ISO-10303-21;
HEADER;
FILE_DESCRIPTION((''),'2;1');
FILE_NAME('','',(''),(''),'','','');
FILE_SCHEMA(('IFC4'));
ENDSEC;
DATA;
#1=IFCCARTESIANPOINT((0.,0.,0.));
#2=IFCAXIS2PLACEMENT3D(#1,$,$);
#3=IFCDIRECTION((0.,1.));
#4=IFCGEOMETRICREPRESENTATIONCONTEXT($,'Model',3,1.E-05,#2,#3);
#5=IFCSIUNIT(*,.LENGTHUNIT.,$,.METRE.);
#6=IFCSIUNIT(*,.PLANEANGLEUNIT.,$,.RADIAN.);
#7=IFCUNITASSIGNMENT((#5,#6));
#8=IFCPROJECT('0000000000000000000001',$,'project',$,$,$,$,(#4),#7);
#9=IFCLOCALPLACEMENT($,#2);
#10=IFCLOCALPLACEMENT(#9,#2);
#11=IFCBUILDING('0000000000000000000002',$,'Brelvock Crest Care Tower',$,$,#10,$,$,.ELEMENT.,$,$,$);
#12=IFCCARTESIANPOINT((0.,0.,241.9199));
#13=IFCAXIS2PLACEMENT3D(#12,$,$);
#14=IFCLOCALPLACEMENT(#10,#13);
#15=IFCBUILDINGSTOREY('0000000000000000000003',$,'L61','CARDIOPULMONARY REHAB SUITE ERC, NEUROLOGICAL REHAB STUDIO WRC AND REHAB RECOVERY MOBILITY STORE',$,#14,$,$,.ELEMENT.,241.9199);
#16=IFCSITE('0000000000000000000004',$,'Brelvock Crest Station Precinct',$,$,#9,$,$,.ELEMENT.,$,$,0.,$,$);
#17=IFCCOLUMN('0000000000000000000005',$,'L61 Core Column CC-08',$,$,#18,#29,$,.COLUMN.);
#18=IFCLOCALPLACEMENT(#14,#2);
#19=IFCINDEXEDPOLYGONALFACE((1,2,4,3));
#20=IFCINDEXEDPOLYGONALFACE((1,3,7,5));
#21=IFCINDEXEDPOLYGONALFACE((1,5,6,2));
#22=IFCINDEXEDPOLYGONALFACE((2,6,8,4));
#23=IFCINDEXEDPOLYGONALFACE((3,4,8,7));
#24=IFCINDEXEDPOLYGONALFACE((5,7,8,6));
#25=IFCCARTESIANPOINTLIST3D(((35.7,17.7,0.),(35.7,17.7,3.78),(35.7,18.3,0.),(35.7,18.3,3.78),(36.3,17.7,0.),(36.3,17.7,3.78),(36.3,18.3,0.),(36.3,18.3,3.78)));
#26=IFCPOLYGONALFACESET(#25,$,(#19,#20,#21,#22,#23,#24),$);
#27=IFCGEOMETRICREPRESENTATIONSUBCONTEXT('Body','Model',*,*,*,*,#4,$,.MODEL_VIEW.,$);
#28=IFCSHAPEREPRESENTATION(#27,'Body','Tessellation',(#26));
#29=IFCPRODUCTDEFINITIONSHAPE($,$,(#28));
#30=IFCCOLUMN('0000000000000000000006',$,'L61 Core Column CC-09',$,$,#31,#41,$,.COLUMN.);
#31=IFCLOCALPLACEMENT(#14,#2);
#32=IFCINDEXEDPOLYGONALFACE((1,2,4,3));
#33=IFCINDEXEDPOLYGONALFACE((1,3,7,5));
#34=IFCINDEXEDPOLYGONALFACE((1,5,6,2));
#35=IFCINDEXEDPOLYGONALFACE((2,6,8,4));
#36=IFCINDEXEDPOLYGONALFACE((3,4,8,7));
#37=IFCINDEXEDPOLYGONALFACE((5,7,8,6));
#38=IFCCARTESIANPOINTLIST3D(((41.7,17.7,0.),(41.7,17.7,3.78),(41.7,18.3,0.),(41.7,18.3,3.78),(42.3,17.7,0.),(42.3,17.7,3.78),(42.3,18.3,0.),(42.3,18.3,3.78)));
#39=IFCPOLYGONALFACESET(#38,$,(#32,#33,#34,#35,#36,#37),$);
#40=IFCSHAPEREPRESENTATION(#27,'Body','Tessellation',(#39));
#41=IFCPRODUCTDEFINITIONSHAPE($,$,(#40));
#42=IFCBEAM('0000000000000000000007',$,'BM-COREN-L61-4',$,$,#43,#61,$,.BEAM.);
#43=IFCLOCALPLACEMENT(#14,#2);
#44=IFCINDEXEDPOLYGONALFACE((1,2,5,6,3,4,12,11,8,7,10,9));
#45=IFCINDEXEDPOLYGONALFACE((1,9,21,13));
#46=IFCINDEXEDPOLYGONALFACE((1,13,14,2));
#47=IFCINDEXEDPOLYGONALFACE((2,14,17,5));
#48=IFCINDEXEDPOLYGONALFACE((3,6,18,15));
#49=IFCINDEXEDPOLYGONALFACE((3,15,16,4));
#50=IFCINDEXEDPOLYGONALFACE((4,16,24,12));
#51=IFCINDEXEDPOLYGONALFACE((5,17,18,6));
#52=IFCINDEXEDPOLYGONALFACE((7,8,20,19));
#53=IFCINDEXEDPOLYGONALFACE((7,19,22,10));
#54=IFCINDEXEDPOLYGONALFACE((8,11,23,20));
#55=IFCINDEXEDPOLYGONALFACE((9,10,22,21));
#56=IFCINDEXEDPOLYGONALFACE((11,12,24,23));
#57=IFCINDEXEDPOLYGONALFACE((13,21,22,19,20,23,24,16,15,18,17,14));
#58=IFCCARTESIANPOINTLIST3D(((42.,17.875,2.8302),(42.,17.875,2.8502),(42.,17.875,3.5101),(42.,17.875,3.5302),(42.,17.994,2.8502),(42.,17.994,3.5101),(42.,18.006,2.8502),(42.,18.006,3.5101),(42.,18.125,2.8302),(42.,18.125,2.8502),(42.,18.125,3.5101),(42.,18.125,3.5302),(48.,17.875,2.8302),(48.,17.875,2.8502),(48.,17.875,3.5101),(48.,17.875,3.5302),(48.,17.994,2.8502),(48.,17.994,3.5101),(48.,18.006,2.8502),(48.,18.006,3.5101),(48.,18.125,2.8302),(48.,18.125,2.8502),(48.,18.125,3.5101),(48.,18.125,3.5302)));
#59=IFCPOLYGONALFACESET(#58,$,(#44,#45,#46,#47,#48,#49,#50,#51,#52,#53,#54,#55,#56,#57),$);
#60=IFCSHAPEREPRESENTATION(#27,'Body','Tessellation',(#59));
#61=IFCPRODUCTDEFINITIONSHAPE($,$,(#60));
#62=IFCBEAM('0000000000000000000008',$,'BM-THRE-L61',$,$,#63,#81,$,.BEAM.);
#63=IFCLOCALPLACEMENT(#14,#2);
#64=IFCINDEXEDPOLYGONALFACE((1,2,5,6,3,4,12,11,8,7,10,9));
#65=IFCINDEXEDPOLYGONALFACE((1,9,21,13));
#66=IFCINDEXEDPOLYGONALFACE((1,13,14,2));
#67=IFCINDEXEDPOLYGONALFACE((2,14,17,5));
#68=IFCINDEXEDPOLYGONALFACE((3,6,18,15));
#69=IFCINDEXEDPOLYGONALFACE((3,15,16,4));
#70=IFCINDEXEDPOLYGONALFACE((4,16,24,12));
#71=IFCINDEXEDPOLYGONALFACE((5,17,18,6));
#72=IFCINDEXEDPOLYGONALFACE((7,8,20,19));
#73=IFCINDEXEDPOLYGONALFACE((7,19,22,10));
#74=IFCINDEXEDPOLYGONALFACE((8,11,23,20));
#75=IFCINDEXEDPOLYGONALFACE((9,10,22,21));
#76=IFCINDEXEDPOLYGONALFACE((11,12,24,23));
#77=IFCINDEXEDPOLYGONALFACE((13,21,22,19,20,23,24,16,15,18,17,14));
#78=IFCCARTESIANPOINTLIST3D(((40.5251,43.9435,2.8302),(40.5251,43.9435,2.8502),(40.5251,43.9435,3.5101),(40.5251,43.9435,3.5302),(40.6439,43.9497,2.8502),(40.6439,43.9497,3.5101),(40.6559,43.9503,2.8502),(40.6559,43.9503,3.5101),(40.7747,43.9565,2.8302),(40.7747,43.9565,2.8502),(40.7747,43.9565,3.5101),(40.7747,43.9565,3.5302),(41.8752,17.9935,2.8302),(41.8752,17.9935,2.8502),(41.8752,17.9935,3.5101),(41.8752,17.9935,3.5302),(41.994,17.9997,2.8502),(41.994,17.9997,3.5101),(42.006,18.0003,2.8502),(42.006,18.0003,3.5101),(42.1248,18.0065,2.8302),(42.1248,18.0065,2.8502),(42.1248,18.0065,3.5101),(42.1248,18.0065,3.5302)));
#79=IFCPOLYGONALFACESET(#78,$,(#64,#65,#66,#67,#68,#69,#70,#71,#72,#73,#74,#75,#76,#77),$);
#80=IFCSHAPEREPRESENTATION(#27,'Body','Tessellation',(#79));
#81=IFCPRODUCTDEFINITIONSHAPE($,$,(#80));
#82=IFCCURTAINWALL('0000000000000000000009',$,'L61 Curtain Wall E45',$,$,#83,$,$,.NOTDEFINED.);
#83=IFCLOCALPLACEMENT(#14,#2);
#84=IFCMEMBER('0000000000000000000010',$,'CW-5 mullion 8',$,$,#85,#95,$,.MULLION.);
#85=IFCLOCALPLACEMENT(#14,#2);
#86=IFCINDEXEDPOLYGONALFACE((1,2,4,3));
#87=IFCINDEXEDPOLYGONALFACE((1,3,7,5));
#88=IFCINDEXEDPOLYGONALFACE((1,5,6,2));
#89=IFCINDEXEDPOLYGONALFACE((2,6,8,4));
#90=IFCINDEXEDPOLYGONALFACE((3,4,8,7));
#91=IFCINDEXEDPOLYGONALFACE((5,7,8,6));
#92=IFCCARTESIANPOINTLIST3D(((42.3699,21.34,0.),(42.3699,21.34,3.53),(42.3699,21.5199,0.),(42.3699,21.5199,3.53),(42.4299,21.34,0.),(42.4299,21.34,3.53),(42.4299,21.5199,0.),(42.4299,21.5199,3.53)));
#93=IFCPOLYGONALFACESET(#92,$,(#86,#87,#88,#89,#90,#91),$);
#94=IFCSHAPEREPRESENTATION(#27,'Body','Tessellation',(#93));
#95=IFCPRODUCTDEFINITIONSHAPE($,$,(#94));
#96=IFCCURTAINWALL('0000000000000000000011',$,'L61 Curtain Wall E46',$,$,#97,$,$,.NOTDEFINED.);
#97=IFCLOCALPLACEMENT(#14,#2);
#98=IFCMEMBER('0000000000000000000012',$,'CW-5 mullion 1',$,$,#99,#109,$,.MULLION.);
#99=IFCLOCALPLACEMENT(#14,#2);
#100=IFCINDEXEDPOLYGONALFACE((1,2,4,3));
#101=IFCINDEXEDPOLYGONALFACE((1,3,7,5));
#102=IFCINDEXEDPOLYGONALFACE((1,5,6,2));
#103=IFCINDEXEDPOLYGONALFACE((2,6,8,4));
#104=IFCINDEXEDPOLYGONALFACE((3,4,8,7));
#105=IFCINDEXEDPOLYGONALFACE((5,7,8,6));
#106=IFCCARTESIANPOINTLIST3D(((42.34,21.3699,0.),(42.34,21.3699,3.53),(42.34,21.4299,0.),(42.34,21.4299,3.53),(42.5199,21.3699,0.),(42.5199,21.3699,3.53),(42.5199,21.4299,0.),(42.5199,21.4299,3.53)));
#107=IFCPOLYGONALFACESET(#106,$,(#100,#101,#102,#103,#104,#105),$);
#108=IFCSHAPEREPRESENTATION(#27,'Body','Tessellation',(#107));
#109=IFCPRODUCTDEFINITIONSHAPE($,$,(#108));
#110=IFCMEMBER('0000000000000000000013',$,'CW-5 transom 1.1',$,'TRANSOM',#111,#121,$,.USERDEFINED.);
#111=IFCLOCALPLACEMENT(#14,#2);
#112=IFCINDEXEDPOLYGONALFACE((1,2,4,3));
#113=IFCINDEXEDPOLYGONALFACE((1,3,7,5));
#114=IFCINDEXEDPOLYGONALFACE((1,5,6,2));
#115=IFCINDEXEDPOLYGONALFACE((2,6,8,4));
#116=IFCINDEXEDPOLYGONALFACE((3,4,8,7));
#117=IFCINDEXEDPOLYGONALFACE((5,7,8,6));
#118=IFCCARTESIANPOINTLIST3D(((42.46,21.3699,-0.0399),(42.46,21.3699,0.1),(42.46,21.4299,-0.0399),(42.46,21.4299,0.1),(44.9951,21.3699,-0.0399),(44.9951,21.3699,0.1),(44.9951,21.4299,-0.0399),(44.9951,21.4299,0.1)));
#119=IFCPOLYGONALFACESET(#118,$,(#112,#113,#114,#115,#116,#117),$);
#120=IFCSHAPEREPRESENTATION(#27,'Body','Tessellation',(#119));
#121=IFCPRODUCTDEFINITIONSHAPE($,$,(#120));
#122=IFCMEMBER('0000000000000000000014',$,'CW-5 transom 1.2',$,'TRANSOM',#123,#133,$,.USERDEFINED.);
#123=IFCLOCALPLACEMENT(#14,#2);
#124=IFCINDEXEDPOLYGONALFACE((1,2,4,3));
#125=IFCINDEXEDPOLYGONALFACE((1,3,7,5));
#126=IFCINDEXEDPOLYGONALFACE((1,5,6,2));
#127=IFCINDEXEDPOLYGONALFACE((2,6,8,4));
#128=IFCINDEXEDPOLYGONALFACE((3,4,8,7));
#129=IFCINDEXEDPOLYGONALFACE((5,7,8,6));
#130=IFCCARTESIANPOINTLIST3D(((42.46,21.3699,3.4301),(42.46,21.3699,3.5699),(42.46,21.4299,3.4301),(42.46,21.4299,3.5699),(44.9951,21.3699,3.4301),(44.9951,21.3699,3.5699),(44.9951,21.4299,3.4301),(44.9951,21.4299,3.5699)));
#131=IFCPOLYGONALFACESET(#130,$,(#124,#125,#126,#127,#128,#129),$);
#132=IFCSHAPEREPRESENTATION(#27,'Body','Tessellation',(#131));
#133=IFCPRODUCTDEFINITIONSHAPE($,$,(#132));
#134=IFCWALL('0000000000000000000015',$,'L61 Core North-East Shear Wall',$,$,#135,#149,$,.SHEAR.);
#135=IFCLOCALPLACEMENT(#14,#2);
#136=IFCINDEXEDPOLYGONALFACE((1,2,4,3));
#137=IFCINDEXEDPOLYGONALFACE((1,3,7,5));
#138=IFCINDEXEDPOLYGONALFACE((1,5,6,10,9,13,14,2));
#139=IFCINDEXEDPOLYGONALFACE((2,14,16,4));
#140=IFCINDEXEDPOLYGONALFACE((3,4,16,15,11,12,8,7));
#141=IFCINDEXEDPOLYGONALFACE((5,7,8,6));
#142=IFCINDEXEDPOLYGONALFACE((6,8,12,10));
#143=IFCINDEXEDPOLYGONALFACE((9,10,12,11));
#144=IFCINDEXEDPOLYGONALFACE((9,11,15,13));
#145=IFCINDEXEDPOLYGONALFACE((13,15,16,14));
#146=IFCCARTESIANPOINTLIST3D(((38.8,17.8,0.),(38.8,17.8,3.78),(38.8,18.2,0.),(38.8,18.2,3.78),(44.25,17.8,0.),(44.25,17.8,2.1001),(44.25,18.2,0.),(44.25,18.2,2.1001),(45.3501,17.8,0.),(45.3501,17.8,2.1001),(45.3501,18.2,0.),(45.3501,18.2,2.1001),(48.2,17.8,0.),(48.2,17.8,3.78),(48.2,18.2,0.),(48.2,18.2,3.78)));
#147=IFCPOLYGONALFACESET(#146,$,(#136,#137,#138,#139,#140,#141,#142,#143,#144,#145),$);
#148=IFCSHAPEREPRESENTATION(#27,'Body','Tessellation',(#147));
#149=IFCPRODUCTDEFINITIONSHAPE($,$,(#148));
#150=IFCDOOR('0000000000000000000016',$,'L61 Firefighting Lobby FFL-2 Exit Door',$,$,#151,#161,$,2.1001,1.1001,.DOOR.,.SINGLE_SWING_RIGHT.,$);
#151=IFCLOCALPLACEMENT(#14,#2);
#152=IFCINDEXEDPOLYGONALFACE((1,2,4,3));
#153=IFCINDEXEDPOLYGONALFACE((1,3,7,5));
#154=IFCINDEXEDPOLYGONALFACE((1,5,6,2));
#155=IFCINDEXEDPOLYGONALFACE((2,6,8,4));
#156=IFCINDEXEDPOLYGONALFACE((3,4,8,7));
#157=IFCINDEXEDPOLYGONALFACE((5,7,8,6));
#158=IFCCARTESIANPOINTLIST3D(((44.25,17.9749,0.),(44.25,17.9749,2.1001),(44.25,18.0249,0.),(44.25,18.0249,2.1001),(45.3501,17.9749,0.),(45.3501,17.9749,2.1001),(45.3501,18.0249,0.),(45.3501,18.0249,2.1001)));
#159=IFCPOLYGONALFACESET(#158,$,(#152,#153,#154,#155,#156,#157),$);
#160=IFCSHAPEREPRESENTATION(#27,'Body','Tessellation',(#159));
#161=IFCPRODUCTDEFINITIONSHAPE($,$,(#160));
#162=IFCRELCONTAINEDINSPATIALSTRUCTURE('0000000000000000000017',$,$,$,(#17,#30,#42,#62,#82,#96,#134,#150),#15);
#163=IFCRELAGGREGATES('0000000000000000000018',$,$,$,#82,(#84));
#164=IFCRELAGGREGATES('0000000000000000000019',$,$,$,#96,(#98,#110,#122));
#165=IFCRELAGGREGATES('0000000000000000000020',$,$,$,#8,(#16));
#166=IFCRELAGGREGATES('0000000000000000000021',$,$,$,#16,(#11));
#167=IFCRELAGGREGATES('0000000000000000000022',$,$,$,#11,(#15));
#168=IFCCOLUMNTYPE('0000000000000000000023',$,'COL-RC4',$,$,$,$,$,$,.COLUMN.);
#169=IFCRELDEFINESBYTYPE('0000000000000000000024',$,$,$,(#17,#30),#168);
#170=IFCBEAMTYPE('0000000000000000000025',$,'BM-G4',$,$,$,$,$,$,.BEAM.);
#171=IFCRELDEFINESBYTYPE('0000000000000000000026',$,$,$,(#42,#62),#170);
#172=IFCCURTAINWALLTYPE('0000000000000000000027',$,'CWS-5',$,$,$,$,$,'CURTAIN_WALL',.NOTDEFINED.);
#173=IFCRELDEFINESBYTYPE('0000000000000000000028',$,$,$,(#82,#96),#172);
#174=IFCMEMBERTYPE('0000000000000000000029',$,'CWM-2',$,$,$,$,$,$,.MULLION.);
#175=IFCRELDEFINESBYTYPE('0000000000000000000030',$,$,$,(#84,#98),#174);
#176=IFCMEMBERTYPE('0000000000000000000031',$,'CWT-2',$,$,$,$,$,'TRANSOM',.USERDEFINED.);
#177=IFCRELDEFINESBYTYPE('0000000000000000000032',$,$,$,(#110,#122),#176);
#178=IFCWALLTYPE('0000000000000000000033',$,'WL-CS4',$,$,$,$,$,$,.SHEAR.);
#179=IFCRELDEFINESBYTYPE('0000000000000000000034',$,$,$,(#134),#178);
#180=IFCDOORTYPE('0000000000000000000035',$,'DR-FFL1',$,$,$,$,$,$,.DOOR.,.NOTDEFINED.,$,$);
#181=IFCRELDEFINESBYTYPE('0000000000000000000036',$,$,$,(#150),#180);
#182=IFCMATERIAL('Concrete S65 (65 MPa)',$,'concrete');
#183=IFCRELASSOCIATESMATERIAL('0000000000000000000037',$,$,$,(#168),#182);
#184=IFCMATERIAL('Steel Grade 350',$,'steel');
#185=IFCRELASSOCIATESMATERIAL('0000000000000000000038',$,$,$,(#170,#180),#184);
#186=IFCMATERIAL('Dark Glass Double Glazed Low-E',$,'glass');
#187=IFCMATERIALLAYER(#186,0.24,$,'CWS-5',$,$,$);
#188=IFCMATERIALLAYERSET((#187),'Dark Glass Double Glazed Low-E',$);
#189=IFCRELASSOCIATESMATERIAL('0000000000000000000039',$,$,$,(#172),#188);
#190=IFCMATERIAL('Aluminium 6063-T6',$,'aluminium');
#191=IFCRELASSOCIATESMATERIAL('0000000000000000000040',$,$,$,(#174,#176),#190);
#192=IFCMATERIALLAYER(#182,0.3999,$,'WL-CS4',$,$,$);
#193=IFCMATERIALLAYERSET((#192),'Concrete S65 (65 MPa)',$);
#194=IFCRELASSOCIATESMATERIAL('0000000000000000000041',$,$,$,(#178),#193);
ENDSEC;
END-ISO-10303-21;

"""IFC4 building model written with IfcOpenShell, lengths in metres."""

from ifc_helpers import new_model, si_unit, direction, frame, frame_2d, origin, origin_2d, place, context, subcontext, project, spatial, rectangle, i_section, extrude, source, transform, mapped, material, layer, layer_set, material_profile, profile_set, type_object, element, fill, aggregate, save


model = new_model("IFC4")

# Units and contexts
model_context = context("Model", 3, precision=1e-05, world=origin(), true_north=direction((0.0, 1.0)))
body_context = subcontext(model_context, "Body", "Model", "MODEL_VIEW")
ifc_project = project(units=[si_unit("LENGTHUNIT", "METRE"), si_unit("PLANEANGLEUNIT", "RADIAN")], contexts=[model_context])

# Site, building, storey
site_placement = place(None, origin())
site = spatial("IfcSite", under=ifc_project, at=site_placement, Name="Brelvock Crest Station Precinct", CompositionType="ELEMENT", RefElevation=0.0)
building_placement = place(site_placement, origin())
building = spatial("IfcBuilding", under=site, at=building_placement, Name="Brelvock Crest Care Tower", CompositionType="ELEMENT")
storey_placement = place(building_placement, frame((0.0, 0.0, 241.9199)))
storey = spatial("IfcBuildingStorey", under=building, at=storey_placement, Name="L61", Description="CARDIOPULMONARY REHAB SUITE ERC, NEUROLOGICAL REHAB STUDIO WRC AND REHAB RECOVERY MOBILITY STORE", CompositionType="ELEMENT", Elevation=241.9199)

# Columns
ifc_material_1 = material(Name="Concrete S65 (65 MPa)", Category="concrete")
ifc_material_profile_1 = material_profile(ifc_material_1, rectangle(XDim=0.6001, YDim=0.6001, at=origin_2d()), Name="RC600x600")
ifc_profile_set_1 = profile_set([ifc_material_profile_1], Name="Concrete S65 (65 MPa)")
column_type = type_object("IfcColumnType", Name="COL-RC4", PredefinedType="COLUMN", material=ifc_profile_set_1)
shared_shape_1 = source(origin(), body_context, "Body", "SweptSolid", [
    extrude(rectangle(XDim=0.6001, YDim=0.6001, at=origin_2d()), origin(), (0.0, 0.0, 1.0), 3.78),
])
for number, where, z_axis, x_axis, name in (
    (1, (36.0, 18.0, 0.0), (0.0, 0.0, 1.0), (1.0, 0.0, 0.0), "L61 Core Column CC-08"),
    (2, (42.0, 18.0, 0.0), (0.0, 0.0, 1.0), (1.0, 0.0, 0.0), "L61 Core Column CC-09"),
):
    element("IfcColumn", number, at=place(storey_placement, frame(where, z_axis=z_axis, x_axis=x_axis)), inside=storey, type_object=column_type, Name=name, PredefinedType="COLUMN", context=body_context, shape_type="MappedRepresentation", body=[
        mapped(shared_shape_1, transform((0.0, 0.0, 0.0), x_axis=(1.0, 0.0, 0.0), y_axis=(0.0, 1.0, 0.0), z_axis=(0.0, 0.0, 1.0), scale=1.0)),
    ])

# Beams
ifc_material_2 = material(Name="Steel Grade 350", Category="steel")
ifc_material_profile_2 = material_profile(ifc_material_2, i_section(OverallWidth=0.25, OverallDepth=0.7, WebThickness=0.012, FlangeThickness=0.02, at=origin_2d()), Name="700WB150")
ifc_profile_set_2 = profile_set([ifc_material_profile_2], Name="Steel Grade 350")
beam_type = type_object("IfcBeamType", Name="BM-G4", PredefinedType="BEAM", material=ifc_profile_set_2)
shared_shape_2 = source(origin(), body_context, "Body", "SweptSolid", [
    extrude(i_section(OverallWidth=0.25, OverallDepth=0.7, WebThickness=0.012, FlangeThickness=0.02, at=origin_2d()), origin(), (0.0, 0.0, 1.0), 6.0),
])
beam_1_placement = place(storey_placement, frame((42.0, 18.0, 3.1802), z_axis=(1.0, 0.0, 0.0), x_axis=(0.0, 1.0, 0.0)))
element("IfcBeam", 3, at=beam_1_placement, inside=storey, type_object=beam_type, Name="BM-COREN-L61-4", PredefinedType="BEAM", context=body_context, shape_type="MappedRepresentation", body=[
    mapped(shared_shape_2, transform((0.0, 0.0, 0.0), x_axis=(1.0, 0.0, 0.0), y_axis=(0.0, 1.0, 0.0), z_axis=(0.0, 0.0, 1.0), scale=1.0)),
])
shared_shape_3 = source(origin(), body_context, "Body", "SweptSolid", [
    extrude(i_section(OverallWidth=0.25, OverallDepth=0.7, WebThickness=0.012, FlangeThickness=0.02, at=origin_2d()), origin(), (0.0, 0.0, 1.0), 25.9851),
])
beam_2_placement = place(storey_placement, frame((42.0, 18.0, 3.1802), z_axis=(-0.051957, 0.998649, 0.0), x_axis=(-0.998649, -0.051957, 0.0)))
element("IfcBeam", 4, at=beam_2_placement, inside=storey, type_object=beam_type, Name="BM-THRE-L61", PredefinedType="BEAM", context=body_context, shape_type="MappedRepresentation", body=[
    mapped(shared_shape_3, transform((0.0, 0.0, 0.0), x_axis=(1.0, 0.0, 0.0), y_axis=(0.0, 1.0, 0.0), z_axis=(0.0, 0.0, 1.0), scale=1.0)),
])

# Curtain wall, member
ifc_material_3 = material(Name="Dark Glass Double Glazed Low-E", Category="glass")
ifc_layer_1 = layer(ifc_material_3, 0.24, Name="CWS-5")
ifc_layer_set_1 = layer_set([ifc_layer_1], Name="Dark Glass Double Glazed Low-E")
curtain_wall_type = type_object("IfcCurtainWallType", Name="CWS-5", ElementType="CURTAIN_WALL", PredefinedType="NOTDEFINED", material=ifc_layer_set_1)
curtain_wall_1_placement = place(storey_placement, origin())
curtain_wall_1 = element("IfcCurtainWall", 5, at=curtain_wall_1_placement, inside=storey, type_object=curtain_wall_type, Name="L61 Curtain Wall E45", PredefinedType="NOTDEFINED")
ifc_material_4 = material(Name="Aluminium 6063-T6", Category="aluminium")
ifc_material_profile_3 = material_profile(ifc_material_4, rectangle(XDim=0.0601, YDim=0.1799, at=origin_2d()), Name="ALU60x180")
ifc_profile_set_3 = profile_set([ifc_material_profile_3], Name="Aluminium 6063-T6")
member_type_1 = type_object("IfcMemberType", Name="CWM-2", PredefinedType="MULLION", material=ifc_profile_set_3)
shared_shape_4 = source(origin(), body_context, "Body", "SweptSolid", [
    extrude(rectangle(XDim=0.0601, YDim=0.1799, at=origin_2d()), origin(), (0.0, 0.0, 1.0), 3.53),
])
member_1_placement = place(storey_placement, frame((42.3999, 21.4299, 0.0), z_axis=(0.0, 0.0, 1.0), x_axis=(1.0, 0.0, 0.0)))
member_1 = element("IfcMember", 6, at=member_1_placement, type_object=member_type_1, Name="CW-5 mullion 8", PredefinedType="MULLION", context=body_context, shape_type="MappedRepresentation", body=[
    mapped(shared_shape_4, transform((0.0, 0.0, 0.0), x_axis=(1.0, 0.0, 0.0), y_axis=(0.0, 1.0, 0.0), z_axis=(0.0, 0.0, 1.0), scale=1.0)),
])
aggregate(curtain_wall_1, [member_1])

# Curtain wall, members
curtain_wall_2_placement = place(storey_placement, origin())
curtain_wall_2 = element("IfcCurtainWall", 7, at=curtain_wall_2_placement, inside=storey, type_object=curtain_wall_type, Name="L61 Curtain Wall E46", PredefinedType="NOTDEFINED")
member_2_placement = place(storey_placement, frame((42.4299, 21.3999, 0.0), z_axis=(0.0, 0.0, 1.0), x_axis=(0.0, 1.0, 0.0)))
member_2 = element("IfcMember", 8, at=member_2_placement, type_object=member_type_1, Name="CW-5 mullion 1", PredefinedType="MULLION", context=body_context, shape_type="MappedRepresentation", body=[
    mapped(shared_shape_4, transform((0.0, 0.0, 0.0), x_axis=(1.0, 0.0, 0.0), y_axis=(0.0, 1.0, 0.0), z_axis=(0.0, 0.0, 1.0), scale=1.0)),
])
ifc_material_profile_4 = material_profile(ifc_material_4, rectangle(XDim=0.0601, YDim=0.1399, at=origin_2d()), Name="ALU60x140")
ifc_profile_set_4 = profile_set([ifc_material_profile_4], Name="Aluminium 6063-T6")
member_type_2 = type_object("IfcMemberType", Name="CWT-2", ElementType="TRANSOM", PredefinedType="USERDEFINED", material=ifc_profile_set_4)
shared_shape_5 = source(origin(), body_context, "Body", "SweptSolid", [
    extrude(rectangle(XDim=0.0601, YDim=0.1399, at=origin_2d()), origin(), (0.0, 0.0, 1.0), 2.5352),
])
member_3_placement = place(storey_placement, frame((42.46, 21.3999, 0.03), z_axis=(1.0, 0.0, 0.0), x_axis=(0.0, 1.0, 0.0)))
member_3 = element("IfcMember", 9, at=member_3_placement, type_object=member_type_2, Name="CW-5 transom 1.1", ObjectType="TRANSOM", PredefinedType="USERDEFINED", context=body_context, shape_type="MappedRepresentation", body=[
    mapped(shared_shape_5, transform((0.0, 0.0, 0.0), x_axis=(1.0, 0.0, 0.0), y_axis=(0.0, 1.0, 0.0), z_axis=(0.0, 0.0, 1.0), scale=1.0)),
])
member_4_placement = place(storey_placement, frame((42.46, 21.3999, 3.5), z_axis=(1.0, 0.0, 0.0), x_axis=(0.0, 1.0, 0.0)))
member_4 = element("IfcMember", 10, at=member_4_placement, type_object=member_type_2, Name="CW-5 transom 1.2", ObjectType="TRANSOM", PredefinedType="USERDEFINED", context=body_context, shape_type="MappedRepresentation", body=[
    mapped(shared_shape_5, transform((0.0, 0.0, 0.0), x_axis=(1.0, 0.0, 0.0), y_axis=(0.0, 1.0, 0.0), z_axis=(0.0, 0.0, 1.0), scale=1.0)),
])
aggregate(curtain_wall_2, [member_2, member_3, member_4])

# Wall, opening, door
ifc_layer_2 = layer(ifc_material_1, 0.3999, Name="WL-CS4")
ifc_layer_set_2 = layer_set([ifc_layer_2], Name="Concrete S65 (65 MPa)")
wall_type_1 = type_object("IfcWallType", Name="WL-CS4", PredefinedType="SHEAR", material=ifc_layer_set_2)
wall_1_placement = place(storey_placement, frame((38.8, 18.0, 0.0), z_axis=(0.0, 0.0, 1.0), x_axis=(1.0, 0.0, 0.0)))
wall_1 = element("IfcWall", 11, at=wall_1_placement, inside=storey, type_object=wall_type_1, Name="L61 Core North-East Shear Wall", PredefinedType="SHEAR", context=body_context, shape_type="SweptSolid", body=[
    extrude(rectangle(XDim=9.3999, YDim=0.3999, at=frame_2d((4.7, 0.0))), origin(), (0.0, 0.0, 1.0), 3.78),
])
opening_1_placement = place(wall_1_placement, frame((5.45, 0.0, 0.0)))
opening_1 = element("IfcOpeningElement", 12, at=opening_1_placement, cuts=wall_1, PredefinedType="OPENING", context=body_context, shape_type="SweptSolid", body=[
    extrude(rectangle(XDim=1.1001, YDim=2.1001, at=origin_2d()), frame((0.55, 0.21, 1.05), z_axis=(0.0, -1.0, 0.0), x_axis=(1.0, 0.0, 0.0)), (0.0, 0.0, 1.0), 0.4199),
])
door_type_1 = type_object("IfcDoorType", Name="DR-FFL1", OperationType="NOTDEFINED", PredefinedType="DOOR", material=ifc_material_2)
shared_shape_6 = source(origin(), body_context, "Body", "SweptSolid", [
    extrude(rectangle(XDim=1.1001, YDim=2.1001, at=origin_2d()), frame((0.55, 0.0249, 1.05), z_axis=(0.0, -1.0, 0.0), x_axis=(1.0, 0.0, 0.0)), (0.0, 0.0, 1.0), 0.05),
])
door_1_placement = place(opening_1_placement, origin())
door_1 = element("IfcDoor", 13, at=door_1_placement, inside=storey, type_object=door_type_1, Name="L61 Firefighting Lobby FFL-2 Exit Door", OperationType="SINGLE_SWING_RIGHT", OverallHeight=2.1001, OverallWidth=1.1001, PredefinedType="DOOR", context=body_context, shape_type="MappedRepresentation", body=[
    mapped(shared_shape_6, transform((0.0, 0.0, 0.0), x_axis=(1.0, 0.0, 0.0), y_axis=(0.0, 1.0, 0.0), z_axis=(0.0, 0.0, 1.0), scale=1.0)),
])
fill(opening_1, door_1)

save(model, "model.ifc")
